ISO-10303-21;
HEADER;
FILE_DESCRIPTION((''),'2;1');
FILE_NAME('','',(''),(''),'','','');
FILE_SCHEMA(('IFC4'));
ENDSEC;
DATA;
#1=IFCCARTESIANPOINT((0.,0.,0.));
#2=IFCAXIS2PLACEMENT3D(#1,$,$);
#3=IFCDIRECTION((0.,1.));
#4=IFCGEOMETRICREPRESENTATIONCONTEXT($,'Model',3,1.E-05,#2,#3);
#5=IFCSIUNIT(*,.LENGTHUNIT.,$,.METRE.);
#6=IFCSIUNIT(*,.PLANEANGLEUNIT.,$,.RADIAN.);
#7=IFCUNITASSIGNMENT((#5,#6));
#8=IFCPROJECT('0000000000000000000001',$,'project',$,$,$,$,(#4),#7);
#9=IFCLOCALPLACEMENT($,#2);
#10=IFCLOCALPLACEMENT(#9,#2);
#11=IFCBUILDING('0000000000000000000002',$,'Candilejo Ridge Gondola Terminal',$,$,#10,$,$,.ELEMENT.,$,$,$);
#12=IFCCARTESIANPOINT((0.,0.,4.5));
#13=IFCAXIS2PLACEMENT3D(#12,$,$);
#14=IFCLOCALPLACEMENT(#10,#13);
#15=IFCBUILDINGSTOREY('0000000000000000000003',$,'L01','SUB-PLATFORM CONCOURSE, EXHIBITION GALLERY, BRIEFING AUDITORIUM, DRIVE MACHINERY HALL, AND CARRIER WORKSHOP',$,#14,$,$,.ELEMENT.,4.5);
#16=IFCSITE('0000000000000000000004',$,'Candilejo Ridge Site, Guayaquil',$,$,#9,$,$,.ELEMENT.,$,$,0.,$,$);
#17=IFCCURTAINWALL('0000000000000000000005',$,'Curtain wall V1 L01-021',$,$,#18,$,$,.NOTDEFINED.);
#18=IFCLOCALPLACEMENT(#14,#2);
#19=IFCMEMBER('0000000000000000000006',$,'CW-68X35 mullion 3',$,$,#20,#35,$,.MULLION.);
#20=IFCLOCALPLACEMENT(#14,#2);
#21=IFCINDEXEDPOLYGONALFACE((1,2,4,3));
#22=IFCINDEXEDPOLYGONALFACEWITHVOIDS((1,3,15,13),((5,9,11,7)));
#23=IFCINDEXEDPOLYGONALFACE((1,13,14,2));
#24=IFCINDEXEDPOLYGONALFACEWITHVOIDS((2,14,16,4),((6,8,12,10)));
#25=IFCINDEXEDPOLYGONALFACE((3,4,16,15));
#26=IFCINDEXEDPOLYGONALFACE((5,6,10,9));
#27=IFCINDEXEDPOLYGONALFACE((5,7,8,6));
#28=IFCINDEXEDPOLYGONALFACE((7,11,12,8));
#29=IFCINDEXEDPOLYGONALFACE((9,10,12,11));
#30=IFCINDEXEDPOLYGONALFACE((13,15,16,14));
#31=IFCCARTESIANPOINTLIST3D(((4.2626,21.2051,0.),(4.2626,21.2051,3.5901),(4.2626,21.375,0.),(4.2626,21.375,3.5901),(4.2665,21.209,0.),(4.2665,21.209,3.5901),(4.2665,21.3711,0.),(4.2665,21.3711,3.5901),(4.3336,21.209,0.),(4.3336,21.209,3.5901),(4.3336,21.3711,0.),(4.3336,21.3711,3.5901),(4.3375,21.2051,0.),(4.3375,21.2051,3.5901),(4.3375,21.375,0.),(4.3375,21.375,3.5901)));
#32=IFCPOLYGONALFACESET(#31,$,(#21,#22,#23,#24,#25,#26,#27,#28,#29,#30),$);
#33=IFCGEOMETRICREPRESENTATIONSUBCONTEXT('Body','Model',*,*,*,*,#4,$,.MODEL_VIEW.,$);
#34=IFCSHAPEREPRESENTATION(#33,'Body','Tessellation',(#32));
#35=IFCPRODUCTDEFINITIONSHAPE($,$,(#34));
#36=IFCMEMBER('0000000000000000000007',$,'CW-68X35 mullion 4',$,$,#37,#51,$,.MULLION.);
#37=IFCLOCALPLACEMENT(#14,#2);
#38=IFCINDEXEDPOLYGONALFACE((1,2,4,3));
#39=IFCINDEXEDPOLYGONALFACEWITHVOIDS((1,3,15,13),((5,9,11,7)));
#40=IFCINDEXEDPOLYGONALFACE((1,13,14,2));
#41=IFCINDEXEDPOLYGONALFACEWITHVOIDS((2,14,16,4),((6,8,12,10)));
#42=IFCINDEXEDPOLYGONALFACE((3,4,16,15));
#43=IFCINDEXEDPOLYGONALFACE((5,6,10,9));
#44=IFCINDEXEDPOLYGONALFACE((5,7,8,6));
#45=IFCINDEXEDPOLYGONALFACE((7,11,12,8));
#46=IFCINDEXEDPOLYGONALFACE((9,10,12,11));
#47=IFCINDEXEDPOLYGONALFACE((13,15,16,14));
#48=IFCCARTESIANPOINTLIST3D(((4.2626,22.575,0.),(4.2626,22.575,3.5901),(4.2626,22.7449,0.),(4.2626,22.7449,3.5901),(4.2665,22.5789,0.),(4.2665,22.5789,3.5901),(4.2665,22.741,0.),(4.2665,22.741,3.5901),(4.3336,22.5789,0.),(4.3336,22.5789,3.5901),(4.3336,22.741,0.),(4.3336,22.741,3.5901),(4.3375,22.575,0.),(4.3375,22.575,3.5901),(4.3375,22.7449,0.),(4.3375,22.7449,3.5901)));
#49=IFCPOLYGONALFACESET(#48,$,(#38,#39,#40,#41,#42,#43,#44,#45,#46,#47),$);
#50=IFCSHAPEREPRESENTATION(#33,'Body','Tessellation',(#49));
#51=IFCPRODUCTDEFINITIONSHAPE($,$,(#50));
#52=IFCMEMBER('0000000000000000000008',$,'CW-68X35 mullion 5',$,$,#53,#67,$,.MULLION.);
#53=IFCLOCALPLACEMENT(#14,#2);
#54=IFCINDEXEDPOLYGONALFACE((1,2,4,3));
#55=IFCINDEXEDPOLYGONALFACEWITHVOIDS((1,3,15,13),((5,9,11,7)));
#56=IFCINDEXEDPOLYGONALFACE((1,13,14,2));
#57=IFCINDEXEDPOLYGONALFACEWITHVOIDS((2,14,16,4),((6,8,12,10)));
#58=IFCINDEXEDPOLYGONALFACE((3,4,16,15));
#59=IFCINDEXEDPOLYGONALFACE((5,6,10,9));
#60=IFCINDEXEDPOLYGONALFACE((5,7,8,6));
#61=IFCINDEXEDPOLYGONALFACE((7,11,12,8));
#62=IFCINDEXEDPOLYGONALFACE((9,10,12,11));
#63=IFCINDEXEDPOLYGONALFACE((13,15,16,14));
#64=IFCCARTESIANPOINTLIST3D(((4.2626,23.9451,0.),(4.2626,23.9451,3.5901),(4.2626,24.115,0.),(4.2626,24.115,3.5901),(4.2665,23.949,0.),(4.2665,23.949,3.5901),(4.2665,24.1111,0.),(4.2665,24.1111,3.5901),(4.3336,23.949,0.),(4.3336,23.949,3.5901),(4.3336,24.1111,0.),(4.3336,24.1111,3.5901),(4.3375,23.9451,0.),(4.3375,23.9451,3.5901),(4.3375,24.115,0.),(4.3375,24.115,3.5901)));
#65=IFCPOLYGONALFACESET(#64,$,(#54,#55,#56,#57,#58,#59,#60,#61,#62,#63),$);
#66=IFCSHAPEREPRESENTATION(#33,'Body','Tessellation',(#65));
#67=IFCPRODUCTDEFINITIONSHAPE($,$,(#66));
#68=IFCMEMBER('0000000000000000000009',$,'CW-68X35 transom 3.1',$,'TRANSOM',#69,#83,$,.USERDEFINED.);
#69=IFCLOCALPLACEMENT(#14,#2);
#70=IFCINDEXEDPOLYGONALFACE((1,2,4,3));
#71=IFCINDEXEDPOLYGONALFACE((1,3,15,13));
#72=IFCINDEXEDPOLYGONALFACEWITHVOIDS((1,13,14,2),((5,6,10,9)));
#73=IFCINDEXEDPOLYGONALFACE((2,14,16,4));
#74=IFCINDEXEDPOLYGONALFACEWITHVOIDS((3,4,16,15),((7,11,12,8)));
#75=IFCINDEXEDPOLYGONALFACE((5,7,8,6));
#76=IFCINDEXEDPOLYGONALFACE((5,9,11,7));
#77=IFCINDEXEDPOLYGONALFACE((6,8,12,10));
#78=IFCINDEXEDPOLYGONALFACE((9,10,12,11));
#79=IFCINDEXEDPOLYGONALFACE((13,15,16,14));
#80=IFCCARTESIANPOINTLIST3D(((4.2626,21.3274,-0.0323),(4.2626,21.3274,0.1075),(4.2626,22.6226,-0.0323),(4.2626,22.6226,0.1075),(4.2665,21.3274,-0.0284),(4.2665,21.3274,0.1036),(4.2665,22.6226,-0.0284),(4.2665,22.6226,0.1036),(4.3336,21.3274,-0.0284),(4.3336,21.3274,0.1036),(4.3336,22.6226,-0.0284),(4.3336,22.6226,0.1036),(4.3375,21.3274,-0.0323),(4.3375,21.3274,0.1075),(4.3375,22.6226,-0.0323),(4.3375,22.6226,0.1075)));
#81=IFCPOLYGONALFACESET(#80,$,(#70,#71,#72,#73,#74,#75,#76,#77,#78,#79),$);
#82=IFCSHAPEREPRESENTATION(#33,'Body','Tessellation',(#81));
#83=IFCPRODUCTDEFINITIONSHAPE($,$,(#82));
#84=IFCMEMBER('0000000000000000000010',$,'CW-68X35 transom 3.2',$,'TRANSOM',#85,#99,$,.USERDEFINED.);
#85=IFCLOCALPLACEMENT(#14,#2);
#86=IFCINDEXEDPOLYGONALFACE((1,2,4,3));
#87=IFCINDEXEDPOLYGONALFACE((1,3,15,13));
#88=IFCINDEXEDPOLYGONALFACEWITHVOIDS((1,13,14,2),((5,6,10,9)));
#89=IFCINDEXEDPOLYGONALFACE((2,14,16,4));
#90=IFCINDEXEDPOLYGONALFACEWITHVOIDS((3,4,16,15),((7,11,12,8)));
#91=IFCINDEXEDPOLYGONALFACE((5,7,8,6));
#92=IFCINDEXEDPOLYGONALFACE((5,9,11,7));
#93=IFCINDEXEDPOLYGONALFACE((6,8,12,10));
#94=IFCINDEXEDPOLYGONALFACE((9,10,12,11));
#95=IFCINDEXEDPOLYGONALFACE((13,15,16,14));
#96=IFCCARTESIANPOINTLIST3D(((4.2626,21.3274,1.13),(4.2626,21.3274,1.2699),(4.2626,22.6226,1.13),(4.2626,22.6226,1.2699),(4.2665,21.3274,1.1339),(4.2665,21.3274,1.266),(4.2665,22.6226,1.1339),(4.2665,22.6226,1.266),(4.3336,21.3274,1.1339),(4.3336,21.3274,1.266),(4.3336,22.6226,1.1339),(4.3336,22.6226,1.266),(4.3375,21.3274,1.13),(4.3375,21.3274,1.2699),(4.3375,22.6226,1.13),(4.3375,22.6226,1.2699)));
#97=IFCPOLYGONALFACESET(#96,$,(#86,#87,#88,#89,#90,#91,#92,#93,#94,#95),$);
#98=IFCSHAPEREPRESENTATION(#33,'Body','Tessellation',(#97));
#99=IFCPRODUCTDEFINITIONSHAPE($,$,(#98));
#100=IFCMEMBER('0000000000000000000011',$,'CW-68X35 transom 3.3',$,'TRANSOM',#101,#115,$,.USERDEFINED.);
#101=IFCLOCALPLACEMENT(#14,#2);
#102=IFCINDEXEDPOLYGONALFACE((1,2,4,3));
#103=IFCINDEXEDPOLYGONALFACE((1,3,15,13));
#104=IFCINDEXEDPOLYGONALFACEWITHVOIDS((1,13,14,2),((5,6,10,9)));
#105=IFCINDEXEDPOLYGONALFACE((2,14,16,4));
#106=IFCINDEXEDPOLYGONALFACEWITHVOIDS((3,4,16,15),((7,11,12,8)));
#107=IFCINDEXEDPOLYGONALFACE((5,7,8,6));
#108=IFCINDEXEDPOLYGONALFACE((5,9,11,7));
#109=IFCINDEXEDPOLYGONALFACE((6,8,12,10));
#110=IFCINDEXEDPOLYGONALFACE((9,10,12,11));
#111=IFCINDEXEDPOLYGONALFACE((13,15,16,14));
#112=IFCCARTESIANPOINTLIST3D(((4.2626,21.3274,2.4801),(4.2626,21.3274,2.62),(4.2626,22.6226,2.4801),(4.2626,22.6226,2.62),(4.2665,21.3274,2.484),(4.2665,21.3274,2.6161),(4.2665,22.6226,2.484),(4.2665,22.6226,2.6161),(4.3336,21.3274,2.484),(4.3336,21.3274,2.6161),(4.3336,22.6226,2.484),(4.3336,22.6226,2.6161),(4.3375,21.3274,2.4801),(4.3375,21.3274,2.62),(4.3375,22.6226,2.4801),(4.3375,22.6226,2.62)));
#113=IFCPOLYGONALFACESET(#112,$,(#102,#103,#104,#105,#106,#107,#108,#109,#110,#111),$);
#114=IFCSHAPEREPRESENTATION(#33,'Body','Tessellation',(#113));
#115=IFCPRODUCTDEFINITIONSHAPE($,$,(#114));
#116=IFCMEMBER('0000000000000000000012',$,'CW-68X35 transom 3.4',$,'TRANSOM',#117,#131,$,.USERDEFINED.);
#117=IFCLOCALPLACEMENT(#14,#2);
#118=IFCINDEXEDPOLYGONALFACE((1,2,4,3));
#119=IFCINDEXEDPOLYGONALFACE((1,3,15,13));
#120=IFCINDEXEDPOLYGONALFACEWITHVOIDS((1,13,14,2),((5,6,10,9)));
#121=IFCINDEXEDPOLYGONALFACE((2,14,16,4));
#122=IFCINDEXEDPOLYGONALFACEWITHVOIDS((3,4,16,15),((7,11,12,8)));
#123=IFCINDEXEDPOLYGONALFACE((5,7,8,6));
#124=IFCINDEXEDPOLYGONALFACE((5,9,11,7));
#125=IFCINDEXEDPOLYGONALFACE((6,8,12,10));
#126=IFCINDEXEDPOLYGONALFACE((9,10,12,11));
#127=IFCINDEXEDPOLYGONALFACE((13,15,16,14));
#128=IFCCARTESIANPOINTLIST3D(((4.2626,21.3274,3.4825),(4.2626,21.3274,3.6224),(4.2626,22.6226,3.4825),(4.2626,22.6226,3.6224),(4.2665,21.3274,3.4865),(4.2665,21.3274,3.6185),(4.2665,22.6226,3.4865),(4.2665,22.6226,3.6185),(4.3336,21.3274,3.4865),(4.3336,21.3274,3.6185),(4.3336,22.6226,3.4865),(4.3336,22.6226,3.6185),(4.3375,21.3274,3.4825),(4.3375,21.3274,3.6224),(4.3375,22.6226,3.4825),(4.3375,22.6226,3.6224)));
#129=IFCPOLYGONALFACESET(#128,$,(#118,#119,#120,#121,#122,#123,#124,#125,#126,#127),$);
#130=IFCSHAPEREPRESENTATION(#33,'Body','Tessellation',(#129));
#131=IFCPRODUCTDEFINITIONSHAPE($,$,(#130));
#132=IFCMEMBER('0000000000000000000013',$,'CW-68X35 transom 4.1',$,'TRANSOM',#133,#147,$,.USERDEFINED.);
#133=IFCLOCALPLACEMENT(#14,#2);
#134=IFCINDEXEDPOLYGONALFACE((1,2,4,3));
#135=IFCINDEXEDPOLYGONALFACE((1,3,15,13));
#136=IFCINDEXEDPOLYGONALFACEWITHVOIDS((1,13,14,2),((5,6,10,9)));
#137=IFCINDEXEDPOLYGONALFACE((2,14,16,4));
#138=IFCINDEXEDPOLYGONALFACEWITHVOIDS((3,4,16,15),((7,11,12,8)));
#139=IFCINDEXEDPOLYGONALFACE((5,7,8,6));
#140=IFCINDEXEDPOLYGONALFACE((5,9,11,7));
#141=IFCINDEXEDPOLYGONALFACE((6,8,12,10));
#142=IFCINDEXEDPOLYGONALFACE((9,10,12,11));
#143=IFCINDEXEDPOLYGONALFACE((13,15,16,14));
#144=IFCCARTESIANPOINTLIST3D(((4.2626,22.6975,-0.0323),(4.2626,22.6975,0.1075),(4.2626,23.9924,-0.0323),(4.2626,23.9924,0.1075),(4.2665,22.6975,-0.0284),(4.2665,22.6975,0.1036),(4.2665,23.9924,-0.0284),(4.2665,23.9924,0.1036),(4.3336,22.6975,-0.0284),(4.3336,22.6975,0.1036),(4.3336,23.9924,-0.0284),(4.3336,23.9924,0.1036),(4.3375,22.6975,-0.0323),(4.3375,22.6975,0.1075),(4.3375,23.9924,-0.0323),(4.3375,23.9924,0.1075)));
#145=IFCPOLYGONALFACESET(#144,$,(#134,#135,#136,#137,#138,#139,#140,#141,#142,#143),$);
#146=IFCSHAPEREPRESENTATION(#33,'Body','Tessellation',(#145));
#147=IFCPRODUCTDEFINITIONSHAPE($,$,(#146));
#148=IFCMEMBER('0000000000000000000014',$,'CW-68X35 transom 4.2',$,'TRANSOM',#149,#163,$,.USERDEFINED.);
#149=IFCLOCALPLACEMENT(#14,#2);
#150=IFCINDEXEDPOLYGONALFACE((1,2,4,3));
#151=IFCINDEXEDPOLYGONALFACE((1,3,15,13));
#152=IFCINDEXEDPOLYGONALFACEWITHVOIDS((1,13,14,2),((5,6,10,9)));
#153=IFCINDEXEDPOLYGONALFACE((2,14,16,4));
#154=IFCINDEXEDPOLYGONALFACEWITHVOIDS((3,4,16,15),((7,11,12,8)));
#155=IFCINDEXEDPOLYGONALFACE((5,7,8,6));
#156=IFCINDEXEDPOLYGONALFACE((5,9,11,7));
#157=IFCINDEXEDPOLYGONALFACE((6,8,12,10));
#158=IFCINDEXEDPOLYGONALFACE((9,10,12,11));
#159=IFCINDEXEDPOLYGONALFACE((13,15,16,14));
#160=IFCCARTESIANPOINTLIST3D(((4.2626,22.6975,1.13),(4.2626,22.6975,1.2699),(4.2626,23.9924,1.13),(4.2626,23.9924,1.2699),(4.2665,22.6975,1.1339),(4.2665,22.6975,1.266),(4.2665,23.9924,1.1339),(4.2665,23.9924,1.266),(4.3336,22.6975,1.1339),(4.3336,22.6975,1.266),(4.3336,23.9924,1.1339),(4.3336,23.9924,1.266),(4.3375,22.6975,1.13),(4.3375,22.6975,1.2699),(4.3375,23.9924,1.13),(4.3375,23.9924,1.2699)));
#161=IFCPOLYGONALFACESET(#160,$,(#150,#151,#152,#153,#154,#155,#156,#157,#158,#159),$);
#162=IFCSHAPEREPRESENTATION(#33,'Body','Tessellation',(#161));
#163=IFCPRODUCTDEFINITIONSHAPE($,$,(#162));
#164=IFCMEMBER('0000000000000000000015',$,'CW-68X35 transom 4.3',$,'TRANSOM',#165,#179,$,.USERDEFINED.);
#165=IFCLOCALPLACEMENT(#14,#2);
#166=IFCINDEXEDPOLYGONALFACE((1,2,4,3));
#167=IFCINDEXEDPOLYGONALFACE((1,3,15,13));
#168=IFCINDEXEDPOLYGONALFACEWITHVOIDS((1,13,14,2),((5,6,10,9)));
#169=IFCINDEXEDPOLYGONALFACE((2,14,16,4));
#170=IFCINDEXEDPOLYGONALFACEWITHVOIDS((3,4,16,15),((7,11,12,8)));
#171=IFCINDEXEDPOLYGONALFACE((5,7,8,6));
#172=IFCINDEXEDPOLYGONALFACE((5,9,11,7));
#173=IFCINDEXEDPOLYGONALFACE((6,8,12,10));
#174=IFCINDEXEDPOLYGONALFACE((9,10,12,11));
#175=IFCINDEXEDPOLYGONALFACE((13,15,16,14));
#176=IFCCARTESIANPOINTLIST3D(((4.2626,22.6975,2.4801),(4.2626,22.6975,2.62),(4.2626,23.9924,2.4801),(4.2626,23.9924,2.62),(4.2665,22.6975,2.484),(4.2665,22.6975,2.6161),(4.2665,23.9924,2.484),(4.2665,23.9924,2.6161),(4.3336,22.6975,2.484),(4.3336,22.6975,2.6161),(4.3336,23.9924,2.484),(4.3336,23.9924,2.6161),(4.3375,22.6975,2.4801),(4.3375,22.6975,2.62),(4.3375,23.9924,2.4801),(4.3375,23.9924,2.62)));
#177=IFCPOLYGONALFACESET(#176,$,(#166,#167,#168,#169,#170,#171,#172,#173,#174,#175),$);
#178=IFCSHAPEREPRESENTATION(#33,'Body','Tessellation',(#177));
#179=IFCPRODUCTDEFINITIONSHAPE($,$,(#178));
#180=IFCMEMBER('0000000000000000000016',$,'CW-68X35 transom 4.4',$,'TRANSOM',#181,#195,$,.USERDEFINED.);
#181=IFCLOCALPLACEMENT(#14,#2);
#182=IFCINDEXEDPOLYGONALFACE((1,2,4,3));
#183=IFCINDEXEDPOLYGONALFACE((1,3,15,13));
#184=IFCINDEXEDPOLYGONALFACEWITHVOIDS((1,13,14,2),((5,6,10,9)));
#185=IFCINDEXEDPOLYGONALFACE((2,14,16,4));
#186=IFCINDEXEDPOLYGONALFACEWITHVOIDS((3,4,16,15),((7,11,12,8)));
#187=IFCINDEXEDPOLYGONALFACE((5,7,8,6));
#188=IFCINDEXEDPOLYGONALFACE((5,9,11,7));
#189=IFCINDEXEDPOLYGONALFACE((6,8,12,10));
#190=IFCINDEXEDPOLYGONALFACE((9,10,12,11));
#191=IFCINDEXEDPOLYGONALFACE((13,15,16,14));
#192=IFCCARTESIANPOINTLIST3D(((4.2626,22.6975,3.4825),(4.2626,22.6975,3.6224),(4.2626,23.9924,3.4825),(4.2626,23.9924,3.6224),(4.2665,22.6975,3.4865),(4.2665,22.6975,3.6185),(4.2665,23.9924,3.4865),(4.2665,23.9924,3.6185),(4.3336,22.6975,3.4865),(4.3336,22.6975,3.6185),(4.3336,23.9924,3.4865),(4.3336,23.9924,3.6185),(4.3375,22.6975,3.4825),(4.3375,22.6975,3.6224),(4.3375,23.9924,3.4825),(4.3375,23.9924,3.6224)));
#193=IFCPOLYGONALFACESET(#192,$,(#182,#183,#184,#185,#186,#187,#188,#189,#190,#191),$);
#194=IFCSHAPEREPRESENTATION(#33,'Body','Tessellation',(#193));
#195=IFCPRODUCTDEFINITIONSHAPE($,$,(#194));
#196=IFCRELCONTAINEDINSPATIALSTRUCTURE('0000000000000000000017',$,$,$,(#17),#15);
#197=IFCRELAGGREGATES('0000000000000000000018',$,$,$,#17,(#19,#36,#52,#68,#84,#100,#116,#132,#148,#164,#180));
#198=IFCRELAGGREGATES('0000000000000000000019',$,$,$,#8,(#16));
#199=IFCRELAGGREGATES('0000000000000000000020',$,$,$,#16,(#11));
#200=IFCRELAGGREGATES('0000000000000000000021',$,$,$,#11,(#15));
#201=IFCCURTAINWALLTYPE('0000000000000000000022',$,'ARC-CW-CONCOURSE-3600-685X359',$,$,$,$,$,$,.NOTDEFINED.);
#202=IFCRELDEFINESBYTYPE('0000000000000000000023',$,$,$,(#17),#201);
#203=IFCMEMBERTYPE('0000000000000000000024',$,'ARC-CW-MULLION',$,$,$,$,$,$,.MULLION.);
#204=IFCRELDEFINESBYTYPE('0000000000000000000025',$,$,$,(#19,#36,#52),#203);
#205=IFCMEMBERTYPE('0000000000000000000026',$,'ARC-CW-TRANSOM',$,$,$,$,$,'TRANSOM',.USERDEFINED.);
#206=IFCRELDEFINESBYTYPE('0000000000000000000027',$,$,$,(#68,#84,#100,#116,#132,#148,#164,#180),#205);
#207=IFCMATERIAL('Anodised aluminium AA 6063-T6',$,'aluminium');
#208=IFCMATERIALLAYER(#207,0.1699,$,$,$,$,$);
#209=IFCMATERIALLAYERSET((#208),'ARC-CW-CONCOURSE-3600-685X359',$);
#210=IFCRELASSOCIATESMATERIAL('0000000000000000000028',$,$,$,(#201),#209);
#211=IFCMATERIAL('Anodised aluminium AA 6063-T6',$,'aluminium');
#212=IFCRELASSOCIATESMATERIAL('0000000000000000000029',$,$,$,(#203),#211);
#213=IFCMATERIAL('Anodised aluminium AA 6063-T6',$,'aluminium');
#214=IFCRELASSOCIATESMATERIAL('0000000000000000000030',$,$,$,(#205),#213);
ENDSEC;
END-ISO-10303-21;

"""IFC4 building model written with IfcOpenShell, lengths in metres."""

from ifc_helpers import new_model, si_unit, direction, frame, origin, origin_2d, place, context, subcontext, project, spatial, hollow_rectangle, extrude, material, layer, layer_set, material_profile, profile_set, type_object, element, aggregate, save


model = new_model("IFC4")

# Units and contexts
model_context = context("Model", 3, precision=1e-05, world=origin(), true_north=direction((0.0, 1.0)))
body_context = subcontext(model_context, "Body", "Model", "MODEL_VIEW")
ifc_project = project(units=[si_unit("LENGTHUNIT", "METRE"), si_unit("PLANEANGLEUNIT", "RADIAN")], contexts=[model_context])

# Site, building, storey
site_placement = place(None, origin())
site = spatial("IfcSite", under=ifc_project, at=site_placement, Name="Candilejo Ridge Site, Guayaquil", CompositionType="ELEMENT", RefElevation=0.0)
building_placement = place(site_placement, origin())
building = spatial("IfcBuilding", under=site, at=building_placement, Name="Candilejo Ridge Gondola Terminal", CompositionType="ELEMENT")
storey_placement = place(building_placement, frame((0.0, 0.0, 4.5)))
storey = spatial("IfcBuildingStorey", under=building, at=storey_placement, Name="L01", Description="SUB-PLATFORM CONCOURSE, EXHIBITION GALLERY, BRIEFING AUDITORIUM, DRIVE MACHINERY HALL, AND CARRIER WORKSHOP", CompositionType="ELEMENT", Elevation=4.5)

# Curtain wall, members
ifc_material_1 = material(Name="Anodised aluminium AA 6063-T6", Category="aluminium")
ifc_layer_1 = layer(ifc_material_1, 0.1699)
ifc_layer_set_1 = layer_set([ifc_layer_1], Name="ARC-CW-CONCOURSE-3600-685X359")
curtain_wall_type = type_object("IfcCurtainWallType", Name="ARC-CW-CONCOURSE-3600-685X359", PredefinedType="NOTDEFINED", material=ifc_layer_set_1)
curtain_wall_placement = place(storey_placement, origin())
curtain_wall = element("IfcCurtainWall", 1, at=curtain_wall_placement, inside=storey, type_object=curtain_wall_type, Name="Curtain wall V1 L01-021", PredefinedType="NOTDEFINED")
ifc_material_2 = material(Name="Anodised aluminium AA 6063-T6", Category="aluminium")
ifc_material_profile_1 = material_profile(ifc_material_2, hollow_rectangle(XDim=0.075, YDim=0.1699, WallThickness=0.0039, at=origin_2d()))
ifc_profile_set_1 = profile_set([ifc_material_profile_1], Name="Anodised aluminium AA 6063-T6")
member_type_1 = type_object("IfcMemberType", Name="ARC-CW-MULLION", PredefinedType="MULLION", material=ifc_profile_set_1)
member_1_placement = place(storey_placement, frame((4.3, 21.29, 0.0), z_axis=(0.0, 0.0, 1.0), x_axis=(-1.0, 0.0, 0.0)))
member_1 = element("IfcMember", 2, at=member_1_placement, type_object=member_type_1, Name="CW-68X35 mullion 3", PredefinedType="MULLION", context=body_context, shape_type="SweptSolid", body=[
    extrude(hollow_rectangle(XDim=0.075, YDim=0.1699, WallThickness=0.0039, at=origin_2d()), origin(), (0.0, 0.0, 1.0), 3.5901),
])
member_2_placement = place(storey_placement, frame((4.3, 22.6599, 0.0), z_axis=(0.0, 0.0, 1.0), x_axis=(-1.0, 0.0, 0.0)))
member_2 = element("IfcMember", 3, at=member_2_placement, type_object=member_type_1, Name="CW-68X35 mullion 4", PredefinedType="MULLION", context=body_context, shape_type="SweptSolid", body=[
    extrude(hollow_rectangle(XDim=0.075, YDim=0.1699, WallThickness=0.0039, at=origin_2d()), origin(), (0.0, 0.0, 1.0), 3.5901),
])
member_3_placement = place(storey_placement, frame((4.3, 24.03, 0.0), z_axis=(0.0, 0.0, 1.0), x_axis=(-1.0, 0.0, 0.0)))
member_3 = element("IfcMember", 4, at=member_3_placement, type_object=member_type_1, Name="CW-68X35 mullion 5", PredefinedType="MULLION", context=body_context, shape_type="SweptSolid", body=[
    extrude(hollow_rectangle(XDim=0.075, YDim=0.1699, WallThickness=0.0039, at=origin_2d()), origin(), (0.0, 0.0, 1.0), 3.5901),
])
ifc_material_3 = material(Name="Anodised aluminium AA 6063-T6", Category="aluminium")
ifc_material_profile_2 = material_profile(ifc_material_3, hollow_rectangle(XDim=0.075, YDim=0.1399, WallThickness=0.0039, at=origin_2d()))
ifc_profile_set_2 = profile_set([ifc_material_profile_2], Name="Anodised aluminium AA 6063-T6")
member_type_2 = type_object("IfcMemberType", Name="ARC-CW-TRANSOM", ElementType="TRANSOM", PredefinedType="USERDEFINED", material=ifc_profile_set_2)
member_4_placement = place(storey_placement, frame((4.3, 21.3274, 0.0376), z_axis=(0.0, 1.0, 0.0), x_axis=(-1.0, 0.0, 0.0)))
member_4 = element("IfcMember", 5, at=member_4_placement, type_object=member_type_2, Name="CW-68X35 transom 3.1", ObjectType="TRANSOM", PredefinedType="USERDEFINED", context=body_context, shape_type="SweptSolid", body=[
    extrude(hollow_rectangle(XDim=0.075, YDim=0.1399, WallThickness=0.0039, at=origin_2d()), origin(), (0.0, 0.0, 1.0), 1.2952),
])
member_5_placement = place(storey_placement, frame((4.3, 21.3274, 1.2), z_axis=(0.0, 1.0, 0.0), x_axis=(-1.0, 0.0, 0.0)))
member_5 = element("IfcMember", 6, at=member_5_placement, type_object=member_type_2, Name="CW-68X35 transom 3.2", ObjectType="TRANSOM", PredefinedType="USERDEFINED", context=body_context, shape_type="SweptSolid", body=[
    extrude(hollow_rectangle(XDim=0.075, YDim=0.1399, WallThickness=0.0039, at=origin_2d()), origin(), (0.0, 0.0, 1.0), 1.2952),
])
member_6_placement = place(storey_placement, frame((4.3, 21.3274, 2.55), z_axis=(0.0, 1.0, 0.0), x_axis=(-1.0, 0.0, 0.0)))
member_6 = element("IfcMember", 7, at=member_6_placement, type_object=member_type_2, Name="CW-68X35 transom 3.3", ObjectType="TRANSOM", PredefinedType="USERDEFINED", context=body_context, shape_type="SweptSolid", body=[
    extrude(hollow_rectangle(XDim=0.075, YDim=0.1399, WallThickness=0.0039, at=origin_2d()), origin(), (0.0, 0.0, 1.0), 1.2952),
])
member_7_placement = place(storey_placement, frame((4.3, 21.3274, 3.5525), z_axis=(0.0, 1.0, 0.0), x_axis=(-1.0, 0.0, 0.0)))
member_7 = element("IfcMember", 8, at=member_7_placement, type_object=member_type_2, Name="CW-68X35 transom 3.4", ObjectType="TRANSOM", PredefinedType="USERDEFINED", context=body_context, shape_type="SweptSolid", body=[
    extrude(hollow_rectangle(XDim=0.075, YDim=0.1399, WallThickness=0.0039, at=origin_2d()), origin(), (0.0, 0.0, 1.0), 1.2952),
])
member_8_placement = place(storey_placement, frame((4.3, 22.6975, 0.0376), z_axis=(0.0, 1.0, 0.0), x_axis=(-1.0, 0.0, 0.0)))
member_8 = element("IfcMember", 9, at=member_8_placement, type_object=member_type_2, Name="CW-68X35 transom 4.1", ObjectType="TRANSOM", PredefinedType="USERDEFINED", context=body_context, shape_type="SweptSolid", body=[
    extrude(hollow_rectangle(XDim=0.075, YDim=0.1399, WallThickness=0.0039, at=origin_2d()), origin(), (0.0, 0.0, 1.0), 1.2949),
])
member_9_placement = place(storey_placement, frame((4.3, 22.6975, 1.2), z_axis=(0.0, 1.0, 0.0), x_axis=(-1.0, 0.0, 0.0)))
member_9 = element("IfcMember", 10, at=member_9_placement, type_object=member_type_2, Name="CW-68X35 transom 4.2", ObjectType="TRANSOM", PredefinedType="USERDEFINED", context=body_context, shape_type="SweptSolid", body=[
    extrude(hollow_rectangle(XDim=0.075, YDim=0.1399, WallThickness=0.0039, at=origin_2d()), origin(), (0.0, 0.0, 1.0), 1.2949),
])
member_10_placement = place(storey_placement, frame((4.3, 22.6975, 2.55), z_axis=(0.0, 1.0, 0.0), x_axis=(-1.0, 0.0, 0.0)))
member_10 = element("IfcMember", 11, at=member_10_placement, type_object=member_type_2, Name="CW-68X35 transom 4.3", ObjectType="TRANSOM", PredefinedType="USERDEFINED", context=body_context, shape_type="SweptSolid", body=[
    extrude(hollow_rectangle(XDim=0.075, YDim=0.1399, WallThickness=0.0039, at=origin_2d()), origin(), (0.0, 0.0, 1.0), 1.2949),
])
member_11_placement = place(storey_placement, frame((4.3, 22.6975, 3.5525), z_axis=(0.0, 1.0, 0.0), x_axis=(-1.0, 0.0, 0.0)))
member_11 = element("IfcMember", 12, at=member_11_placement, type_object=member_type_2, Name="CW-68X35 transom 4.4", ObjectType="TRANSOM", PredefinedType="USERDEFINED", context=body_context, shape_type="SweptSolid", body=[
    extrude(hollow_rectangle(XDim=0.075, YDim=0.1399, WallThickness=0.0039, at=origin_2d()), origin(), (0.0, 0.0, 1.0), 1.2949),
])
aggregate(curtain_wall, [member_1, member_2, member_3, member_4, member_5, member_6, member_7, member_8, member_9, member_10, member_11])

save(model, "model.ifc")
